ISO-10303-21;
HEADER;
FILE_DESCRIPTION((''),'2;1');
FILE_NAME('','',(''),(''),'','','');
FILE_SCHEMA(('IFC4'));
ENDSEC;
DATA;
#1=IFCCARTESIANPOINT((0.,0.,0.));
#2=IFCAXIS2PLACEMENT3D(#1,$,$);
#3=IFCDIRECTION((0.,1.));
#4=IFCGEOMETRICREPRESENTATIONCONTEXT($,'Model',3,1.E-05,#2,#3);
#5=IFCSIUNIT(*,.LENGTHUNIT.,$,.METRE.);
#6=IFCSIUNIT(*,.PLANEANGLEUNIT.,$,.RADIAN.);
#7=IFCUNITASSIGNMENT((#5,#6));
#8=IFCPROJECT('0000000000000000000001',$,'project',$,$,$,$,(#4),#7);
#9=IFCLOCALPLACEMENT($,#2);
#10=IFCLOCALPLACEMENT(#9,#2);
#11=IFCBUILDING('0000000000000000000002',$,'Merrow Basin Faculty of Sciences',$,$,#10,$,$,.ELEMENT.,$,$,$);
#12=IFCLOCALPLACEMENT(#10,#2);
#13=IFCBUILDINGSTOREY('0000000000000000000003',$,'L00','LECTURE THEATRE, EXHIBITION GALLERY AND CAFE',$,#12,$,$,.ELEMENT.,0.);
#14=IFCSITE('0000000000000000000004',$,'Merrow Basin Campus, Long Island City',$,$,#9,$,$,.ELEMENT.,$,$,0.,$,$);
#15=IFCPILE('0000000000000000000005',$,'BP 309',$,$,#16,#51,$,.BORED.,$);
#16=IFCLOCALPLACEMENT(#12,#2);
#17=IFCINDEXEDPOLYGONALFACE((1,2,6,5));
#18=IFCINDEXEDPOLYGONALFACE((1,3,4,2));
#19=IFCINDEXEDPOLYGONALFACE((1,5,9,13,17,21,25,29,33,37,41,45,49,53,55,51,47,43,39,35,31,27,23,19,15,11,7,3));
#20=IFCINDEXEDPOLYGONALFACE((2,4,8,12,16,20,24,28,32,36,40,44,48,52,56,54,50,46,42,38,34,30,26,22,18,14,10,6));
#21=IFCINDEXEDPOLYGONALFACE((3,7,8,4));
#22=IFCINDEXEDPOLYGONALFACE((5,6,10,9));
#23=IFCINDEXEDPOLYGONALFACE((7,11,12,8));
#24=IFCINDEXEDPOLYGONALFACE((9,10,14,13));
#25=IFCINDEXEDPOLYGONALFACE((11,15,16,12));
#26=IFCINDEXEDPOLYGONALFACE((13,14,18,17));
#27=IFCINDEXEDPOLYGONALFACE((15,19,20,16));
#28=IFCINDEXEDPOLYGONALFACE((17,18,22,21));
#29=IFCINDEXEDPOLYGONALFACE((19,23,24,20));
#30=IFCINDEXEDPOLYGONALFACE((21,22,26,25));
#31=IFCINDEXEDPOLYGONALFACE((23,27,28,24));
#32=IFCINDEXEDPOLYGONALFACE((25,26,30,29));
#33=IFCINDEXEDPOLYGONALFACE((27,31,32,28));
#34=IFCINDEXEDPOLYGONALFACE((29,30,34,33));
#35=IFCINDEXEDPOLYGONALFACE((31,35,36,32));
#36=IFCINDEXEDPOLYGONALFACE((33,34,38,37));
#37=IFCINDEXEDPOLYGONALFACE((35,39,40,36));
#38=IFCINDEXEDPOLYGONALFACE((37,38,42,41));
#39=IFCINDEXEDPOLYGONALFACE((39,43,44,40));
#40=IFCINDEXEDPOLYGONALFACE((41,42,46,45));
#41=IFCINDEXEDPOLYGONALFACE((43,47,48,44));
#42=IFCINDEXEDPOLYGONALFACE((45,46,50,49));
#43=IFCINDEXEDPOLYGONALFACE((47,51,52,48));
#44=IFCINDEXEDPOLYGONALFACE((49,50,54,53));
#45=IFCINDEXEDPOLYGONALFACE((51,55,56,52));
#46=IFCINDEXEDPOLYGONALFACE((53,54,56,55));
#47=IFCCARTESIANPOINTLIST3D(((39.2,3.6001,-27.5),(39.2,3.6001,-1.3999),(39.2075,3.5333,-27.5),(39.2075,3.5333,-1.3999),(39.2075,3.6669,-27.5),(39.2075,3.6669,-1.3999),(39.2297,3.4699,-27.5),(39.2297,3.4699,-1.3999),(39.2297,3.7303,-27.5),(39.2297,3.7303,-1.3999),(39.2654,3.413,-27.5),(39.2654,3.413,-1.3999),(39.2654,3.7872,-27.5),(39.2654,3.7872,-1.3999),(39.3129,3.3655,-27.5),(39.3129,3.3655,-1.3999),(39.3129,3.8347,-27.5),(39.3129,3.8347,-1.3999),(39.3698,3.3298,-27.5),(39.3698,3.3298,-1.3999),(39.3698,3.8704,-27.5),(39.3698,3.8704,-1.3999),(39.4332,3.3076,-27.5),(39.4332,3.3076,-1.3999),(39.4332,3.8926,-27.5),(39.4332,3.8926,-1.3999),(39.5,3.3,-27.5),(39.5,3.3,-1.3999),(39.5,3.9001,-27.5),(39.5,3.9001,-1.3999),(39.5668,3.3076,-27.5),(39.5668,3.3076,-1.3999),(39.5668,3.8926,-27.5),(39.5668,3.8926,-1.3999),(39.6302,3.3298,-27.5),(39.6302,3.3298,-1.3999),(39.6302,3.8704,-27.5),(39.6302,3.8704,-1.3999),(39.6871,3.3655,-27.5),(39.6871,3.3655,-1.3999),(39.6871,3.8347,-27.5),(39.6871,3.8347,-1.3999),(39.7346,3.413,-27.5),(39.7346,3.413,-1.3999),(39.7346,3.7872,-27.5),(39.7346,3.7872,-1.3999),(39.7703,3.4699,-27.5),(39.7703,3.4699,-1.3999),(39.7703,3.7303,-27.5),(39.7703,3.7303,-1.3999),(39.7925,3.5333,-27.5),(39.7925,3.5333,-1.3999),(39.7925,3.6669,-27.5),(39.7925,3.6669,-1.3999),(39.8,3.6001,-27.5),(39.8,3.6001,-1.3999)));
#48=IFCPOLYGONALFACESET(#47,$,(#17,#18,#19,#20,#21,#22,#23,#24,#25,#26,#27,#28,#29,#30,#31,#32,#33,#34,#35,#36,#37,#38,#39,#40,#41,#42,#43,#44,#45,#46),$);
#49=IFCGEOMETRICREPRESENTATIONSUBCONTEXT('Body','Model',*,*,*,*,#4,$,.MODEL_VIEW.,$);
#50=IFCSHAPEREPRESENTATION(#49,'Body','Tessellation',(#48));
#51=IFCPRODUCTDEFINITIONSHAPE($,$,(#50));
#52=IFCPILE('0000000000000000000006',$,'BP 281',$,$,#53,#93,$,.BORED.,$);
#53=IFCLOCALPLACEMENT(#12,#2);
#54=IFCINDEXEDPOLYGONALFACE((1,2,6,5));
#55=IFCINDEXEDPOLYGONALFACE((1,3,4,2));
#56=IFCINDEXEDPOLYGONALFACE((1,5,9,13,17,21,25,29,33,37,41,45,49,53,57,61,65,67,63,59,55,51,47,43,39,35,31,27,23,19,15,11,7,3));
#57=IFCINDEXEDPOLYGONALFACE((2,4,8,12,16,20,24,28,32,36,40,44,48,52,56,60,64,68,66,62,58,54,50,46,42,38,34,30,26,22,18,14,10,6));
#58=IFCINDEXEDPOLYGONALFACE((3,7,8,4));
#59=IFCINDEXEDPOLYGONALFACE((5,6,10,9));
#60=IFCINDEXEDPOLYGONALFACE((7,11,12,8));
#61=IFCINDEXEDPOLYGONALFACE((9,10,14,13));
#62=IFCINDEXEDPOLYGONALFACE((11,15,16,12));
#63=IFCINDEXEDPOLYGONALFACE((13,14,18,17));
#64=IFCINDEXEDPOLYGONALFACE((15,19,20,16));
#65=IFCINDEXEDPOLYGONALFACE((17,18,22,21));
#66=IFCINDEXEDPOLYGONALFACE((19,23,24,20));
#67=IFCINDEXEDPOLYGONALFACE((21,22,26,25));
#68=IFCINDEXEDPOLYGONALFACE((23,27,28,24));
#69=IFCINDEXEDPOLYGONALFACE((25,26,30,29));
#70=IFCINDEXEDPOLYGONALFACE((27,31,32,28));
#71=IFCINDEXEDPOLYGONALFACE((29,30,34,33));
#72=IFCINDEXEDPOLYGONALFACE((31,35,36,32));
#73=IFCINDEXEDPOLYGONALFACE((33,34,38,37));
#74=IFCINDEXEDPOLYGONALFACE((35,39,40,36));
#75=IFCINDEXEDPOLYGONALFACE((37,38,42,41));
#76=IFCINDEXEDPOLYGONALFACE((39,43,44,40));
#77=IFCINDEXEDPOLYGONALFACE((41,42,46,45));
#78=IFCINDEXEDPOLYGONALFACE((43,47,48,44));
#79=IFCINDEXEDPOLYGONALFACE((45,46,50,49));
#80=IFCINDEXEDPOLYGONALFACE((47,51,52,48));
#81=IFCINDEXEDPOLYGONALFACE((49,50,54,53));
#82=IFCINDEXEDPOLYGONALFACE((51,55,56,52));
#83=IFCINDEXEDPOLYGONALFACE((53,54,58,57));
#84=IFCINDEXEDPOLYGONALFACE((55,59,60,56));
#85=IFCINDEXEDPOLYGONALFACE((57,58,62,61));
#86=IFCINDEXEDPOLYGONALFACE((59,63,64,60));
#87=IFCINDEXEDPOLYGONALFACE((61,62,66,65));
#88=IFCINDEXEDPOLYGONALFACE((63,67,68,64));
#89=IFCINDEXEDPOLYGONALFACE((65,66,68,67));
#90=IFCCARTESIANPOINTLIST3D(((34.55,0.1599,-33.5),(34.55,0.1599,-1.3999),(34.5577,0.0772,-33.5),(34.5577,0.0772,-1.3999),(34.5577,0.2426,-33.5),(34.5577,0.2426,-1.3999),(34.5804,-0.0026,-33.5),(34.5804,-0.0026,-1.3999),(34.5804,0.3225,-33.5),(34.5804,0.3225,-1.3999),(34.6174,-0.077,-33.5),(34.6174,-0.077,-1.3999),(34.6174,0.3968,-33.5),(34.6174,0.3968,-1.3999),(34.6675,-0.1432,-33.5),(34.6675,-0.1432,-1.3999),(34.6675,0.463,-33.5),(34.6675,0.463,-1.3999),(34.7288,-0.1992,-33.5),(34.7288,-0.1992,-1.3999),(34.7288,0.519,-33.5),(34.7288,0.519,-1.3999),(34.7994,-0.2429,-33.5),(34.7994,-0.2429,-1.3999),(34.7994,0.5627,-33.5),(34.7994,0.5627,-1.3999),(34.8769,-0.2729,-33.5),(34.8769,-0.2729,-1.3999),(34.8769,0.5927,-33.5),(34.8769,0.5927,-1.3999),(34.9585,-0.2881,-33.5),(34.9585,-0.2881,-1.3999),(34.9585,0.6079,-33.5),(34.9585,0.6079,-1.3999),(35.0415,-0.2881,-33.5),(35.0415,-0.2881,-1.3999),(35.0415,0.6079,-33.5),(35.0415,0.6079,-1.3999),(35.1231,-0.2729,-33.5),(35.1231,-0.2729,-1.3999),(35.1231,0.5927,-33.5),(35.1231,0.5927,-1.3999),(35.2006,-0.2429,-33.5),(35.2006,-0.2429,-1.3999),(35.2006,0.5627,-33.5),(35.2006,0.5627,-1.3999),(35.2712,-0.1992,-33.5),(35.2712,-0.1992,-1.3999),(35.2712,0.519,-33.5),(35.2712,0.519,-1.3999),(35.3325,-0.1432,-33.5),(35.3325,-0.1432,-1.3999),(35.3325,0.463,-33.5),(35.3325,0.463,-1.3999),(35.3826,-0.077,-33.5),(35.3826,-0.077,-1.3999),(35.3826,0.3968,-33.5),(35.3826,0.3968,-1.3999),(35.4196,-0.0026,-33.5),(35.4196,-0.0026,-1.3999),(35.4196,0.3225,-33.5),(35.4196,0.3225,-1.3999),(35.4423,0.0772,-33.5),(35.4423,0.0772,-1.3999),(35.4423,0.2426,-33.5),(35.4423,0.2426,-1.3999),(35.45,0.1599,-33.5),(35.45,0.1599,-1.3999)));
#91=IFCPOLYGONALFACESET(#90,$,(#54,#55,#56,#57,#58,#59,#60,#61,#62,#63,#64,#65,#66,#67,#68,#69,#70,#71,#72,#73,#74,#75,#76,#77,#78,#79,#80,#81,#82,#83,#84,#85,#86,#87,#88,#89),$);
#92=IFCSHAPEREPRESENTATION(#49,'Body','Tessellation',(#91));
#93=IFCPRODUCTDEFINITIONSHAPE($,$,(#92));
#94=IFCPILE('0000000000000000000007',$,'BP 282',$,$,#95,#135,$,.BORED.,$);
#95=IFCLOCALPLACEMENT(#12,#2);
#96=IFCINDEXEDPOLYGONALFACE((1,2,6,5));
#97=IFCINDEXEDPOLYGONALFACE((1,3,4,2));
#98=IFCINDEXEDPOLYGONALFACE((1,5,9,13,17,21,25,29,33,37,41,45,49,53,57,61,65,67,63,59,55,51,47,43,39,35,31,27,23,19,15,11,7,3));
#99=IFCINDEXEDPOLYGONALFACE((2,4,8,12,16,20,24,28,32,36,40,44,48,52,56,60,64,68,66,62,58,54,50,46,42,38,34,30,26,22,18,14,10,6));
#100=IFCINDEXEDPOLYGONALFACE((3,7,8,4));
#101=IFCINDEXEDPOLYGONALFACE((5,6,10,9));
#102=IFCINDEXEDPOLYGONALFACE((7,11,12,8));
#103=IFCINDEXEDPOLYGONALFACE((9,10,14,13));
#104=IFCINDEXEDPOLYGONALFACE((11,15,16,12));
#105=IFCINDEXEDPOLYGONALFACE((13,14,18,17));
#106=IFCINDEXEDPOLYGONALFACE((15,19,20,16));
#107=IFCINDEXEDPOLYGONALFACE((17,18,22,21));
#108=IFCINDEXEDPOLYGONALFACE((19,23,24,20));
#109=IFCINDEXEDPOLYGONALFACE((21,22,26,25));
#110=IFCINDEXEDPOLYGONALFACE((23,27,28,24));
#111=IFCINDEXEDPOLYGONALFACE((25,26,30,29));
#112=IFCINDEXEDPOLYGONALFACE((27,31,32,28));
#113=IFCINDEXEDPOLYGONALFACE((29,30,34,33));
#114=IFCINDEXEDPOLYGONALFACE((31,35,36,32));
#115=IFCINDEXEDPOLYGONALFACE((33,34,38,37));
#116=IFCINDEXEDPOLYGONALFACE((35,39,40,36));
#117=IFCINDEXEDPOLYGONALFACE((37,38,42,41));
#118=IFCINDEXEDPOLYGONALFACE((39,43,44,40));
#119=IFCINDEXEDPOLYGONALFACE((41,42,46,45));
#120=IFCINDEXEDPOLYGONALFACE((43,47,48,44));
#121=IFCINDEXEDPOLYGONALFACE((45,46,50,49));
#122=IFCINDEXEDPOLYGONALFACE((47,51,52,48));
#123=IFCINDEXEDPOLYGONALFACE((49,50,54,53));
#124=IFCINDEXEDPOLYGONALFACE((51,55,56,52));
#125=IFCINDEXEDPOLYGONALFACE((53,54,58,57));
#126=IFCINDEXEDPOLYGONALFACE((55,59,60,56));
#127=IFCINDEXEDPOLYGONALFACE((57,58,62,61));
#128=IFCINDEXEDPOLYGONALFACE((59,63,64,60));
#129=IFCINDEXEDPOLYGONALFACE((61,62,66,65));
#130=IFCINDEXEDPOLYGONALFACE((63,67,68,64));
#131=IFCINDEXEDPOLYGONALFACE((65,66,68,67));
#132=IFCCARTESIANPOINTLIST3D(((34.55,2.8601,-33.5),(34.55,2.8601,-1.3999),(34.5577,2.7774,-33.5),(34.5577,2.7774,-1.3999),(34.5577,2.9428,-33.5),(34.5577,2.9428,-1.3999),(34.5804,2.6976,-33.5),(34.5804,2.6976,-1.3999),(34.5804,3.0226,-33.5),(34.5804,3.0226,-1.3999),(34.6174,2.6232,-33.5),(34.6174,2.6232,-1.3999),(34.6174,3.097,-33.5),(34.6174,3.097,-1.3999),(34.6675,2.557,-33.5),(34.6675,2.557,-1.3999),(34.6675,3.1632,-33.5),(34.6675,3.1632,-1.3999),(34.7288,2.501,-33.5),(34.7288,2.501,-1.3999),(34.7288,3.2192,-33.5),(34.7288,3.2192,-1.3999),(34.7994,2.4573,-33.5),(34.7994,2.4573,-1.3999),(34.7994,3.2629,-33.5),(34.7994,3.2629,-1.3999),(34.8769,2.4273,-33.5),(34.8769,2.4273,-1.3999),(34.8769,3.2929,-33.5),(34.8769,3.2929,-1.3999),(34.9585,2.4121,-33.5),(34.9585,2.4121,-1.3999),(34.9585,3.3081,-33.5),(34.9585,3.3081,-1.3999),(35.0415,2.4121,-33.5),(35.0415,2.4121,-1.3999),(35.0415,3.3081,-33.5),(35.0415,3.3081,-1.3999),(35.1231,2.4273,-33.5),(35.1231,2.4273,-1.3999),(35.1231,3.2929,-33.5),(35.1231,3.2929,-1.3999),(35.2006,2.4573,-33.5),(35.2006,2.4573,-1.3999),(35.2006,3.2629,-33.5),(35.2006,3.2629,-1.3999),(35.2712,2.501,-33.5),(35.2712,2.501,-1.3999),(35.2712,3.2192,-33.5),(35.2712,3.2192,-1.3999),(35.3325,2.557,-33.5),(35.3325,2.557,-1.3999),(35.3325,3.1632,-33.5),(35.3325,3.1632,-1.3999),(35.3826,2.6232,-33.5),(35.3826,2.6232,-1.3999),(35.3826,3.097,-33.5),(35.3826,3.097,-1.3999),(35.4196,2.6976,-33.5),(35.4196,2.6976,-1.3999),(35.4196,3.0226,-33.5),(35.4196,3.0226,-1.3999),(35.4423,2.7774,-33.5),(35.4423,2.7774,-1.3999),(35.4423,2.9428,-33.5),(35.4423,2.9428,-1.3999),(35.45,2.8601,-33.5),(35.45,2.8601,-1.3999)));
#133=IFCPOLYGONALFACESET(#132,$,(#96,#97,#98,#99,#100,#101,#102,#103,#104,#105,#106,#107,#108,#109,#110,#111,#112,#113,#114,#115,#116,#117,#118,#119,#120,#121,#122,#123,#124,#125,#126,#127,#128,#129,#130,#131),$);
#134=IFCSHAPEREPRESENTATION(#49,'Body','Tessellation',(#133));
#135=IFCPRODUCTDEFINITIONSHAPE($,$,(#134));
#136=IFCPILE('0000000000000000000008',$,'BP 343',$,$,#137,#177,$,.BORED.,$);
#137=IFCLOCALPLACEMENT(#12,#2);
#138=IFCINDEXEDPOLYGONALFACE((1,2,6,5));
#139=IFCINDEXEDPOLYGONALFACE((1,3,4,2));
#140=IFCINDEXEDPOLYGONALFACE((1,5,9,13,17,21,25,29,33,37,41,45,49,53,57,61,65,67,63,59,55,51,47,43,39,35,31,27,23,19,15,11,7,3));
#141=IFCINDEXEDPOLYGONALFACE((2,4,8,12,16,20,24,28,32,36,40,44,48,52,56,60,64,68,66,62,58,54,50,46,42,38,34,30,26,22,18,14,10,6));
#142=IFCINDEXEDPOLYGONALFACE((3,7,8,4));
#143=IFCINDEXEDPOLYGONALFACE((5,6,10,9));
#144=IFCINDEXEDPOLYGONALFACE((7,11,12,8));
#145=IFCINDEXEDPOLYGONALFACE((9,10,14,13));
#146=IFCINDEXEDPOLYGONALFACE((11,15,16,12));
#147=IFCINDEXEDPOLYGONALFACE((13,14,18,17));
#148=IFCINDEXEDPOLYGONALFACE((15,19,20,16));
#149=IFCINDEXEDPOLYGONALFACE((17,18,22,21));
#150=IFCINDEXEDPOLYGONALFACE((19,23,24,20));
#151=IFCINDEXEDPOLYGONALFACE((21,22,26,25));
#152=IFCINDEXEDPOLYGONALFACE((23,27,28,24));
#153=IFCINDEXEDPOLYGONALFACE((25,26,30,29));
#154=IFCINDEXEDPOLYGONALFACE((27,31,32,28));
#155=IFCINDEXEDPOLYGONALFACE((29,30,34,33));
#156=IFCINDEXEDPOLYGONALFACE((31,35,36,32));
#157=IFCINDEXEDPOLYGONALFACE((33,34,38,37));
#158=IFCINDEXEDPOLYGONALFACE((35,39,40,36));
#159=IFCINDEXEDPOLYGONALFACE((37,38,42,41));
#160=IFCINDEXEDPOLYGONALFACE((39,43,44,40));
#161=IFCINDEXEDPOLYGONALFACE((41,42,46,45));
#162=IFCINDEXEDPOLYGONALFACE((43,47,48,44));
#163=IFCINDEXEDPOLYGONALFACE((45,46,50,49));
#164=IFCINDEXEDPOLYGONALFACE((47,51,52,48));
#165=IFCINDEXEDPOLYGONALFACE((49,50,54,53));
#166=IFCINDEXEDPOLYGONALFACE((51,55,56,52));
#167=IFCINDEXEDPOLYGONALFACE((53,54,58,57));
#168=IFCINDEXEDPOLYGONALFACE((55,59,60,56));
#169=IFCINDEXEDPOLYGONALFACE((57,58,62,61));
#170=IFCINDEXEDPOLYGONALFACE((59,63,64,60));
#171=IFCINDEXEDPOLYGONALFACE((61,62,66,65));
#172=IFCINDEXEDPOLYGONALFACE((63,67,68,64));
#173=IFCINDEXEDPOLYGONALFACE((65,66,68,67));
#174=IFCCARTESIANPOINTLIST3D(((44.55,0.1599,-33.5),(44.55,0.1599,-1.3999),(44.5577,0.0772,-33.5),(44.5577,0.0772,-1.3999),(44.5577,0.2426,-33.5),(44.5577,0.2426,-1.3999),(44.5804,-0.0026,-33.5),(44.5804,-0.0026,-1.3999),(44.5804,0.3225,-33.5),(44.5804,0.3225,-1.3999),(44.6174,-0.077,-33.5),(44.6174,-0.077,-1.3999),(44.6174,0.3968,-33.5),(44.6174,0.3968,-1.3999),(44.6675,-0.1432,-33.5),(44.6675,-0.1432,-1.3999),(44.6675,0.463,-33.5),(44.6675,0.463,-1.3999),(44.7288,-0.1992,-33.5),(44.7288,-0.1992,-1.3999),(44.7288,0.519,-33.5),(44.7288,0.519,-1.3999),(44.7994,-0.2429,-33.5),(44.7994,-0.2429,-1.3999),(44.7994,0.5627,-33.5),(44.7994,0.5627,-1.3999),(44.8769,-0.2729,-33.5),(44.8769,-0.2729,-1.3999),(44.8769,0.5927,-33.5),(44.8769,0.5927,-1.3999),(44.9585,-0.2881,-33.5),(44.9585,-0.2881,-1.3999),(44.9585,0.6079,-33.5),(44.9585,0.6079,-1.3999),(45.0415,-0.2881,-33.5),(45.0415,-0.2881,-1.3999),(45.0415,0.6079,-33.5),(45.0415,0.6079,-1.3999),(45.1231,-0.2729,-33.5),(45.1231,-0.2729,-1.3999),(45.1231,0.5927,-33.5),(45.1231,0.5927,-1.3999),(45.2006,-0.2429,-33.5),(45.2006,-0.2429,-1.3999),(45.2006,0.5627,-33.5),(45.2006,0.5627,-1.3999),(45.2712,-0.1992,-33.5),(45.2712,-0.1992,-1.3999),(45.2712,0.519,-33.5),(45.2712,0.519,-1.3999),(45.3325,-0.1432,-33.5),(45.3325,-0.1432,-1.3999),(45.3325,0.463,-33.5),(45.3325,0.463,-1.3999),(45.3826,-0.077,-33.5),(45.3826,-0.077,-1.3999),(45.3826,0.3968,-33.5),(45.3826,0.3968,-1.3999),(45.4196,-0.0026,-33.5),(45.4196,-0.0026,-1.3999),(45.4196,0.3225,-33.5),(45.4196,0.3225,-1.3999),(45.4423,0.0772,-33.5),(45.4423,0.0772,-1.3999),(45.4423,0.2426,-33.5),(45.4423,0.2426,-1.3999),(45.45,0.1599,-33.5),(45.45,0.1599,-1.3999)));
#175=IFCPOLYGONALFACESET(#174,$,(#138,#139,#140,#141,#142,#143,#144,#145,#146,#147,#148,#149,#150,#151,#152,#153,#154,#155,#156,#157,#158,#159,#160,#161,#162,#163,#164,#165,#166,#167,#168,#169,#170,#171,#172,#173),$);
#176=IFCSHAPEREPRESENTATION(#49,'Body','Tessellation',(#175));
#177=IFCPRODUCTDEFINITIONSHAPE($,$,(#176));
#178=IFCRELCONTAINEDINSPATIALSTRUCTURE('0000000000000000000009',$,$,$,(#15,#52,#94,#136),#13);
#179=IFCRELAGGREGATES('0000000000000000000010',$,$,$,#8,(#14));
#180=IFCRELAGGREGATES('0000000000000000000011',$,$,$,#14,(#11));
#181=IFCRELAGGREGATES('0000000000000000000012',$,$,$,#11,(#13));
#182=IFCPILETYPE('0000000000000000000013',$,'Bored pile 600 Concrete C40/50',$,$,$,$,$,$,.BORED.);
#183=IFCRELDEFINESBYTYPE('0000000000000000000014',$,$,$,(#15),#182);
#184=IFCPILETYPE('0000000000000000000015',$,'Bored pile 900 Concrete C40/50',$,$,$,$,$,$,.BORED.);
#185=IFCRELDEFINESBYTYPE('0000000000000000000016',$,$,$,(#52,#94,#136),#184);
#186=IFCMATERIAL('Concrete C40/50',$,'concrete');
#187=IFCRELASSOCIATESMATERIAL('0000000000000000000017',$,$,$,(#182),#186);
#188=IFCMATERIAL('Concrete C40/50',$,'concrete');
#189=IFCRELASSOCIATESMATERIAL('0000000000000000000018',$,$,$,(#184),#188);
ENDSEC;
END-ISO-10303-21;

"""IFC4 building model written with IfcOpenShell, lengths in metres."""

from ifc_helpers import new_model, si_unit, direction, frame, origin, origin_2d, place, context, subcontext, project, spatial, circle, extrude, material, material_profile, profile_set, type_object, element, save


model = new_model("IFC4")

# Units and contexts
model_context = context("Model", 3, precision=1e-05, world=origin(), true_north=direction((0.0, 1.0)))
body_context = subcontext(model_context, "Body", "Model", "MODEL_VIEW")
ifc_project = project(units=[si_unit("LENGTHUNIT", "METRE"), si_unit("PLANEANGLEUNIT", "RADIAN")], contexts=[model_context])

# Site, building, storey
site_placement = place(None, origin())
site = spatial("IfcSite", under=ifc_project, at=site_placement, Name="Merrow Basin Campus, Long Island City", CompositionType="ELEMENT", RefElevation=0.0)
building_placement = place(site_placement, origin())
building = spatial("IfcBuilding", under=site, at=building_placement, Name="Merrow Basin Faculty of Sciences", CompositionType="ELEMENT")
storey_placement = place(building_placement, origin())
storey = spatial("IfcBuildingStorey", under=building, at=storey_placement, Name="L00", Description="LECTURE THEATRE, EXHIBITION GALLERY AND CAFE", CompositionType="ELEMENT", Elevation=0.0)

# Piles
ifc_material_1 = material(Name="Concrete C40/50", Category="concrete")
ifc_material_profile_1 = material_profile(ifc_material_1, circle(Radius=0.3, at=origin_2d()))
ifc_profile_set_1 = profile_set([ifc_material_profile_1], Name="Concrete C40/50")
pile_type_1 = type_object("IfcPileType", Name="Bored pile 600 Concrete C40/50", PredefinedType="BORED", material=ifc_profile_set_1)
pile_placement = place(storey_placement, frame((39.5, 3.6001, -1.3999), z_axis=(0.0, 0.0, -1.0), x_axis=(1.0, 0.0, 0.0)))
element("IfcPile", 1, at=pile_placement, inside=storey, type_object=pile_type_1, Name="BP 309", PredefinedType="BORED", context=body_context, shape_type="SweptSolid", body=[
    extrude(circle(Radius=0.3, at=origin_2d()), origin(), (0.0, 0.0, 1.0), 26.1001),
])
ifc_material_2 = material(Name="Concrete C40/50", Category="concrete")
ifc_material_profile_2 = material_profile(ifc_material_2, circle(Radius=0.45, at=origin_2d()))
ifc_profile_set_2 = profile_set([ifc_material_profile_2], Name="Concrete C40/50")
pile_type_2 = type_object("IfcPileType", Name="Bored pile 900 Concrete C40/50", PredefinedType="BORED", material=ifc_profile_set_2)
for number, where, z_axis, x_axis, name in (
    (2, (35.0, 0.1599, -1.3999), (0.0, 0.0, -1.0), (1.0, 0.0, 0.0), "BP 281"),
    (3, (35.0, 2.8601, -1.3999), (0.0, 0.0, -1.0), (1.0, 0.0, 0.0), "BP 282"),
    (4, (45.0, 0.1599, -1.3999), (0.0, 0.0, -1.0), (1.0, 0.0, 0.0), "BP 343"),
):
    element("IfcPile", number, at=place(storey_placement, frame(where, z_axis=z_axis, x_axis=x_axis)), inside=storey, type_object=pile_type_2, Name=name, PredefinedType="BORED", context=body_context, shape_type="SweptSolid", body=[
        extrude(circle(Radius=0.45, at=origin_2d()), origin(), (0.0, 0.0, 1.0), 32.1001),
    ])

save(model, "model.ifc")
